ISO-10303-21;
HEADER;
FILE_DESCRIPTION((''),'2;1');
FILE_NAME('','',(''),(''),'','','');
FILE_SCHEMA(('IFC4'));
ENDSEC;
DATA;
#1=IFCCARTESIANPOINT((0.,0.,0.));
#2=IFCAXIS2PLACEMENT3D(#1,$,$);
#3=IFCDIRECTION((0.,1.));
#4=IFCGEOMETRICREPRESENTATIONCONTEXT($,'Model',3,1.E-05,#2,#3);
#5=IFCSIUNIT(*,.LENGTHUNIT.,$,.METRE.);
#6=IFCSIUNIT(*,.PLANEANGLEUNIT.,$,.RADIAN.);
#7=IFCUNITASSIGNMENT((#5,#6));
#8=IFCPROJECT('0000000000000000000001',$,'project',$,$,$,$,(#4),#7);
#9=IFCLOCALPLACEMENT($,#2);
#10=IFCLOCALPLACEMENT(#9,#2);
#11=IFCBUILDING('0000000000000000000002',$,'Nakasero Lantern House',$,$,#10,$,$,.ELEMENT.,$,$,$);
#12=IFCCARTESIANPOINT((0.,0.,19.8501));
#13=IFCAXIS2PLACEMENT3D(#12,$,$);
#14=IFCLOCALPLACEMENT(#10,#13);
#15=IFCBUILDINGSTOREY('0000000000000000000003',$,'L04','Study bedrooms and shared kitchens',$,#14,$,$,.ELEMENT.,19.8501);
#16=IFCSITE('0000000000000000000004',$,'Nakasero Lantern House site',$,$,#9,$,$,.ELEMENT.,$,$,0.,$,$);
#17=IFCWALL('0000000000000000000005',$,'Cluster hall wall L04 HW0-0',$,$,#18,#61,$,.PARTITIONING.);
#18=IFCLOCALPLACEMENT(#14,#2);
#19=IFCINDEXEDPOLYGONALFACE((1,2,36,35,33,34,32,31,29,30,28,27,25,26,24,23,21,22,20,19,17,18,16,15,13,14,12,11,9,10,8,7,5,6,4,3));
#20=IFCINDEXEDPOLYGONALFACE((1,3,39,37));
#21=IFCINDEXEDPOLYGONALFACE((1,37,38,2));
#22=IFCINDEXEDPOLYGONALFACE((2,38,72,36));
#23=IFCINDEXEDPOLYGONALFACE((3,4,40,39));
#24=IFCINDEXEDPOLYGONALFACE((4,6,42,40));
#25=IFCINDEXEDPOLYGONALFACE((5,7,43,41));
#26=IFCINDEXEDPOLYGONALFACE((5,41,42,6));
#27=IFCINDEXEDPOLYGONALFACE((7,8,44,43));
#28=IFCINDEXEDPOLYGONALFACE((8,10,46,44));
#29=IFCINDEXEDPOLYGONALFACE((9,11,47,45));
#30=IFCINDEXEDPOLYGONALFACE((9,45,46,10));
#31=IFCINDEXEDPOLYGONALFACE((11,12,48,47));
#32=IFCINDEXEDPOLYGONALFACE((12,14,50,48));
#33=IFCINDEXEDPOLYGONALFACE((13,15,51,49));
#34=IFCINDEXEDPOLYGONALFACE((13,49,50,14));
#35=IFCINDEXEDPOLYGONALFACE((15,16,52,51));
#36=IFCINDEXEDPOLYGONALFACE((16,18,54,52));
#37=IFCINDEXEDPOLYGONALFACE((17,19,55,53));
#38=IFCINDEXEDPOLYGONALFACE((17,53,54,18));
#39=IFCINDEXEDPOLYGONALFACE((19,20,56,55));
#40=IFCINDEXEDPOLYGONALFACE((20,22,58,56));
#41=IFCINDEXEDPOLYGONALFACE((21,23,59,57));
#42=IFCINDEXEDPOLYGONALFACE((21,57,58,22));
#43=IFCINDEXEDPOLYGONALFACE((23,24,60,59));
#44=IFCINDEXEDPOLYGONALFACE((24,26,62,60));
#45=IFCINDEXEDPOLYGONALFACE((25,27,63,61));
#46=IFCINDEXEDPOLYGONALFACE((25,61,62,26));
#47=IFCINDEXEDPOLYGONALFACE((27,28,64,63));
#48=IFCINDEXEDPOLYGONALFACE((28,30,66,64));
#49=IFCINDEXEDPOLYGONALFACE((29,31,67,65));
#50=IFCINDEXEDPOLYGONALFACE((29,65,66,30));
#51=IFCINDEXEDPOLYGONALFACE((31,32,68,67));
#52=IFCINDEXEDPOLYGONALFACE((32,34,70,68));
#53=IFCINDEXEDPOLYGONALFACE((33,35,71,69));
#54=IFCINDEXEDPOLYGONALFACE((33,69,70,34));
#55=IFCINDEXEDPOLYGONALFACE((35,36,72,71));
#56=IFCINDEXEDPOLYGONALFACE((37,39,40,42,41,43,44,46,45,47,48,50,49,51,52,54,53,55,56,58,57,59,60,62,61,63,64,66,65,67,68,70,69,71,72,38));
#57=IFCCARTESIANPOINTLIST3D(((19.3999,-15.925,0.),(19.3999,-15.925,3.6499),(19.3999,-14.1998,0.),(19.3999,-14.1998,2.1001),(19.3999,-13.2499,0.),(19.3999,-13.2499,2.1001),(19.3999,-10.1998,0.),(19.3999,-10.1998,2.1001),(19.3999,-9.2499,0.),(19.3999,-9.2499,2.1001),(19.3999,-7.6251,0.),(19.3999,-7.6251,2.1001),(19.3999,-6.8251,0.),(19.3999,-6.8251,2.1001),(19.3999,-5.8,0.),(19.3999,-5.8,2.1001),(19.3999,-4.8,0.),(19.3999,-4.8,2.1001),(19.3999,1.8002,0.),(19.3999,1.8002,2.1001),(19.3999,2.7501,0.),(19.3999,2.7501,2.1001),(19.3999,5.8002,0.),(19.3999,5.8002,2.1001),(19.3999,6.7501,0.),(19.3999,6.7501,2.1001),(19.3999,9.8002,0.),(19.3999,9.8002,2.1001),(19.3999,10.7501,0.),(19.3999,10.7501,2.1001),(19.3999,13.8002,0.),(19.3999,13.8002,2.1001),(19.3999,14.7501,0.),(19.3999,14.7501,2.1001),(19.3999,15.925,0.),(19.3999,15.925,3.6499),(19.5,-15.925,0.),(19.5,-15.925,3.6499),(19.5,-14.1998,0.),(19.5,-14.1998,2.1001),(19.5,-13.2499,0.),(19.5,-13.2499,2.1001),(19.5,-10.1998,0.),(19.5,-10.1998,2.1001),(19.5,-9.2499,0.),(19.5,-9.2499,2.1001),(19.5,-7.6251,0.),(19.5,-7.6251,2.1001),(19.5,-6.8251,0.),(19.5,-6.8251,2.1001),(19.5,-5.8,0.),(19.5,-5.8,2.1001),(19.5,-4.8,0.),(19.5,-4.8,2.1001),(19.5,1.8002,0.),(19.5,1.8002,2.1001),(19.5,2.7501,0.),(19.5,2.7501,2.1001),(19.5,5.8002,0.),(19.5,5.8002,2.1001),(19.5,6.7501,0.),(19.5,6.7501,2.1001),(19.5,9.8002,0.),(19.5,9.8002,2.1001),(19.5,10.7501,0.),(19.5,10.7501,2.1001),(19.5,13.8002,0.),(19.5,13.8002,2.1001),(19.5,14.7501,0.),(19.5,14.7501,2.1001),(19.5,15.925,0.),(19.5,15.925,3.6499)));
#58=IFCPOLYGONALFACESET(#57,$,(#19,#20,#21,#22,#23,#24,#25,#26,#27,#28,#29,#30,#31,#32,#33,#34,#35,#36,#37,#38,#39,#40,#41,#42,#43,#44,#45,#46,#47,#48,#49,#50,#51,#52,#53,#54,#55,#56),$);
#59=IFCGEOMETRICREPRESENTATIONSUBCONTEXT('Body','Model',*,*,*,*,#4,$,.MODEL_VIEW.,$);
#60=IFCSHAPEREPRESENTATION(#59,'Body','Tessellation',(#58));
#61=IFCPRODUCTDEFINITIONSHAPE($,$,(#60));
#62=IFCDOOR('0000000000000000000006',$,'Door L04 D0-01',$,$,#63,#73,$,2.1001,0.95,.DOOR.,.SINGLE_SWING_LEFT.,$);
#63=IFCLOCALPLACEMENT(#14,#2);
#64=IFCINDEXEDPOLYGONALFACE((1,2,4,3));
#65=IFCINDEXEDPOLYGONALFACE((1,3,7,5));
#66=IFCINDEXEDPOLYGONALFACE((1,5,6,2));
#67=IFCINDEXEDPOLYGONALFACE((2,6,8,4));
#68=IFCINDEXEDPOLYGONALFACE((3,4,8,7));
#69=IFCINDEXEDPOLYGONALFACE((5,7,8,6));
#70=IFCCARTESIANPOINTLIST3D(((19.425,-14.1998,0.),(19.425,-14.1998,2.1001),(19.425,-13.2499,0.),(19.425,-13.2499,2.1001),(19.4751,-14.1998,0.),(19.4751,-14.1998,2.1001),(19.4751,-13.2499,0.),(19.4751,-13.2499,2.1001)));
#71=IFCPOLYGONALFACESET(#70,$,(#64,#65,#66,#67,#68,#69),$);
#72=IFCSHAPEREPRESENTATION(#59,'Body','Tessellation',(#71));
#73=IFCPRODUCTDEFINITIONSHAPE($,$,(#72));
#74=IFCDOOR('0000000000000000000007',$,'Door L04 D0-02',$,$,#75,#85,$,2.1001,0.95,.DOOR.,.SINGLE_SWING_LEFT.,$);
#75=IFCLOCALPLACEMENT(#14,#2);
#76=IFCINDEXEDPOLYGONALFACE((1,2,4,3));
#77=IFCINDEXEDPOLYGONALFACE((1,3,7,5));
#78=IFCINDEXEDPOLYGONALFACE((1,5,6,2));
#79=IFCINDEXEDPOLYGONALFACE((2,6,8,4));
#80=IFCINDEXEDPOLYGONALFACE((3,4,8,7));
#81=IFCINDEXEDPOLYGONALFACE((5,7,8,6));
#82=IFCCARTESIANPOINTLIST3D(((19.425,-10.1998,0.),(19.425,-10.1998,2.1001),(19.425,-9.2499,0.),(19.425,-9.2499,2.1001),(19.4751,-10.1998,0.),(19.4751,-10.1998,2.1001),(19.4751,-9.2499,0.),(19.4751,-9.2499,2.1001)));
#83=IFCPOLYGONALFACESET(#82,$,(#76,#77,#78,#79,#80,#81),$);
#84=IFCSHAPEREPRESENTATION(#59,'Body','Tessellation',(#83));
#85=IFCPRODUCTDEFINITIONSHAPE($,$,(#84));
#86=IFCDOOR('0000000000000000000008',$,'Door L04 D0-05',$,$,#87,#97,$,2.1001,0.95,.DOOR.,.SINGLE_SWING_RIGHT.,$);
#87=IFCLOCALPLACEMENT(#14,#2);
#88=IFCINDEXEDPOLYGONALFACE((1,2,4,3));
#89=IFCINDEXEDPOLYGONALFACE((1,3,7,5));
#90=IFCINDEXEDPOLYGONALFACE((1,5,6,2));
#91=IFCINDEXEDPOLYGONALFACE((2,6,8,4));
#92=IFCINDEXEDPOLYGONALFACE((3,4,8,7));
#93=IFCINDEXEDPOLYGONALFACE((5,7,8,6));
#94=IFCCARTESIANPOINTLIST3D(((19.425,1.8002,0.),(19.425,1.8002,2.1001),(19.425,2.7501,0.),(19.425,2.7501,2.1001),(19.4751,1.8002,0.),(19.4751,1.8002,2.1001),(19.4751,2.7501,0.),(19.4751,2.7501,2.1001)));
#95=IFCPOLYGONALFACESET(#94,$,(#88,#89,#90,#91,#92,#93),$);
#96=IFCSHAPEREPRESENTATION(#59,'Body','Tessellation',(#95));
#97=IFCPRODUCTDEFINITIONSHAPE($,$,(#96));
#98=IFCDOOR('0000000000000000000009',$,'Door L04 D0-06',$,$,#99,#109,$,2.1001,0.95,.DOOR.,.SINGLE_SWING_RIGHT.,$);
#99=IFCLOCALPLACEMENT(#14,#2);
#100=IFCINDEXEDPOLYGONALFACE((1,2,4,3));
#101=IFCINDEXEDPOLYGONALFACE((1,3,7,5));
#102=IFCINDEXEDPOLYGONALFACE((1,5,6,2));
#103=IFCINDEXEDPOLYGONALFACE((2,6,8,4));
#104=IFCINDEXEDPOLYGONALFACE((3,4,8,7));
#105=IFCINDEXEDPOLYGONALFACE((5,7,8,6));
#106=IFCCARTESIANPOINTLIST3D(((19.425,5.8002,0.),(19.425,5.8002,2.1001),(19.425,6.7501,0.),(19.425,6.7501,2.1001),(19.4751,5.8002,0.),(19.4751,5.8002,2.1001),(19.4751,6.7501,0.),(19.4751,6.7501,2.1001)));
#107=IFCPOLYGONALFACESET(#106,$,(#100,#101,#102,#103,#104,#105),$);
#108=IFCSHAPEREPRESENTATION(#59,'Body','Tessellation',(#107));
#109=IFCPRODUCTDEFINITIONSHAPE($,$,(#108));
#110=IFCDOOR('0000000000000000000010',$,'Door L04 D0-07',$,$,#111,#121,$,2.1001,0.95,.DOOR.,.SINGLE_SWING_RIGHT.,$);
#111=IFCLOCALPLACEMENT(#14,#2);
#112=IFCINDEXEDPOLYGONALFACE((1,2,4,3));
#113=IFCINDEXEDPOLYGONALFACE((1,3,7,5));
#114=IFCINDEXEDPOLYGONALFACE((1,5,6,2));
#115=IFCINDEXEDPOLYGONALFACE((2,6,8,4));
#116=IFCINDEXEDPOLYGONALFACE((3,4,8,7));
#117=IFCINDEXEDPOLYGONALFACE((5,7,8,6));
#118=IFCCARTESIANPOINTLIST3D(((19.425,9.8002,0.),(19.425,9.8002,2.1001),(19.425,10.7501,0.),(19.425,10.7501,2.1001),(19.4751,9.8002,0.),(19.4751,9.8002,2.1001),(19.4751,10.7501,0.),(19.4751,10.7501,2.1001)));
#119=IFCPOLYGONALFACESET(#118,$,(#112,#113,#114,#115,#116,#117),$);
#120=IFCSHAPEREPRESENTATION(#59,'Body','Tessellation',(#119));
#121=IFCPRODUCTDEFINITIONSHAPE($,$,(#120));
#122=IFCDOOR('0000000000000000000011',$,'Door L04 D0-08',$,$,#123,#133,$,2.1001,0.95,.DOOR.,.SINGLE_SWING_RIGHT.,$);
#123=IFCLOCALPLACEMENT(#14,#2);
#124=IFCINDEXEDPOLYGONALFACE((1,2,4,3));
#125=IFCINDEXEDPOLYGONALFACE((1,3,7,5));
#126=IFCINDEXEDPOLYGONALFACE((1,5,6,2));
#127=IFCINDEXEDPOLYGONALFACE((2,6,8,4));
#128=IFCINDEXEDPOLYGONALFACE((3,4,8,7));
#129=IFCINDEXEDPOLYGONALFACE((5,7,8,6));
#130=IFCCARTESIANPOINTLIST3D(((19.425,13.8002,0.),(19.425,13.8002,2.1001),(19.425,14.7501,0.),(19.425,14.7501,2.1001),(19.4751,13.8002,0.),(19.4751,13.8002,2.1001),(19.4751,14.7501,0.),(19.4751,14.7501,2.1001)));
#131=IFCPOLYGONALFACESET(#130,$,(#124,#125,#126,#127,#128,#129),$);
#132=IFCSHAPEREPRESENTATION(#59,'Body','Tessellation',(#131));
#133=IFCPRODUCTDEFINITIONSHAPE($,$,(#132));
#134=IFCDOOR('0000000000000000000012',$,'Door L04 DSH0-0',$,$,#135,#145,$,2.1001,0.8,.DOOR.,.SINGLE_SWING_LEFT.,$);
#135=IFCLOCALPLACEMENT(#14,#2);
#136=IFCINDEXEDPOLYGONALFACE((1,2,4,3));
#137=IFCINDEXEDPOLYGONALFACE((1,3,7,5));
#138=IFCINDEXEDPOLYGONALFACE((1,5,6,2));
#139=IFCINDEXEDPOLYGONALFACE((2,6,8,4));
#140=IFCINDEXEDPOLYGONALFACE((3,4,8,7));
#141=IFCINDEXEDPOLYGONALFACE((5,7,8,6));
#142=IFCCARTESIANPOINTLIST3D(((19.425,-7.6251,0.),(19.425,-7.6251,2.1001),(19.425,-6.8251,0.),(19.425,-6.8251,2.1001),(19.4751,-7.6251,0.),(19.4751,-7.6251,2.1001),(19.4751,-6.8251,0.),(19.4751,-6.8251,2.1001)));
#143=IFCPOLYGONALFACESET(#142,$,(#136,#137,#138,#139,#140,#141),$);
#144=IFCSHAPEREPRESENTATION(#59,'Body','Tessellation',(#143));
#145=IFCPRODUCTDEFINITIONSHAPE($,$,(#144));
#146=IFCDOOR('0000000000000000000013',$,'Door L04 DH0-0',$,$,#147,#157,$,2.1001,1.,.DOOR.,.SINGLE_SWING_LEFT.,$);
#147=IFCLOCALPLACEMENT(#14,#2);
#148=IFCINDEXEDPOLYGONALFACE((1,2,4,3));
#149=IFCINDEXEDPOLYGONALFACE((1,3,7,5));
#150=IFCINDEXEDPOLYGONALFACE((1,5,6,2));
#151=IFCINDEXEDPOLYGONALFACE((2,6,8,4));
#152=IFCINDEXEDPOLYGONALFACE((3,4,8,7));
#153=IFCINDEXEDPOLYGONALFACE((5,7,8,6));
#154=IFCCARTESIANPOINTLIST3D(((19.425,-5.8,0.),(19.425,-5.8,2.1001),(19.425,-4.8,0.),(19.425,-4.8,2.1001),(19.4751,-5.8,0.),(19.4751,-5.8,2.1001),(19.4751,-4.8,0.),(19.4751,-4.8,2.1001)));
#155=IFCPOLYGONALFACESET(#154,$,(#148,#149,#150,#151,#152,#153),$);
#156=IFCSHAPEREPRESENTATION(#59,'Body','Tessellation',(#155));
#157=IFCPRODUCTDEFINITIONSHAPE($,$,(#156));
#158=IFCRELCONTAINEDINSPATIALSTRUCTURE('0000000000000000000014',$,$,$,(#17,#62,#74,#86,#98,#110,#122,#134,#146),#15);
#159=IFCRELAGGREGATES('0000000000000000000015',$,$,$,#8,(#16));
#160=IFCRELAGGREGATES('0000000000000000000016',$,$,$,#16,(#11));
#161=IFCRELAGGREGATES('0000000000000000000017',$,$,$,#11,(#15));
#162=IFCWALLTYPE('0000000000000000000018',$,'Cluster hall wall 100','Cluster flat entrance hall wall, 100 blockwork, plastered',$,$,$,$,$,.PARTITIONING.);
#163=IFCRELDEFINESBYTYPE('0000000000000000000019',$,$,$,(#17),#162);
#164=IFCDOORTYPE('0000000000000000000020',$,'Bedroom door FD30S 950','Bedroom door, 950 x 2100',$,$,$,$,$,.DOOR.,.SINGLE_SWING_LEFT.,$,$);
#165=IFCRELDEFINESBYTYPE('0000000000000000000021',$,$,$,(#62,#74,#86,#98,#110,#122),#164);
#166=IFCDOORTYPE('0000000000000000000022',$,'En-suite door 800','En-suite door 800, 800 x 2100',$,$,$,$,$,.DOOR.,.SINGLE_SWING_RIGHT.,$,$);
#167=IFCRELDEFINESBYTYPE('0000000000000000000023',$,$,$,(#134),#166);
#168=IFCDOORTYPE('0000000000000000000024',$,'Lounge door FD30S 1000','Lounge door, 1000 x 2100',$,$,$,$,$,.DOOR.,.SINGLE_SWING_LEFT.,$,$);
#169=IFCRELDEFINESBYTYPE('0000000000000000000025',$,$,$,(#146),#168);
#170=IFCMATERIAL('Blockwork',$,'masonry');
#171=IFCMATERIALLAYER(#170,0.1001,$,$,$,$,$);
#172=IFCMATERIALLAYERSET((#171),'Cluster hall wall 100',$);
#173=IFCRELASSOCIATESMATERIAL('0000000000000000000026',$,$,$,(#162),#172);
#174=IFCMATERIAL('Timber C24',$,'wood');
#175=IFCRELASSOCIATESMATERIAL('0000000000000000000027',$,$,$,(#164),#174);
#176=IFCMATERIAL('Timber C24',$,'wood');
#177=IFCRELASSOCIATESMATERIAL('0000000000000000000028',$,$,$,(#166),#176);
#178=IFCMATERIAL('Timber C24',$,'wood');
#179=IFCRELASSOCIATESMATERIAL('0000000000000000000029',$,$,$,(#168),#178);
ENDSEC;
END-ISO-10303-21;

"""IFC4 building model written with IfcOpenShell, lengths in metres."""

from ifc_helpers import new_model, si_unit, direction, frame, frame_2d, origin, place, context, subcontext, project, spatial, rectangle, extrude, material, layer, layer_set, type_object, element, fill, save


model = new_model("IFC4")

# Units and contexts
model_context = context("Model", 3, precision=1e-05, world=origin(), true_north=direction((0.0, 1.0)))
body_context = subcontext(model_context, "Body", "Model", "MODEL_VIEW")
ifc_project = project(units=[si_unit("LENGTHUNIT", "METRE"), si_unit("PLANEANGLEUNIT", "RADIAN")], contexts=[model_context])

# Site, building, storey
site_placement = place(None, origin())
site = spatial("IfcSite", under=ifc_project, at=site_placement, Name="Nakasero Lantern House site", CompositionType="ELEMENT", RefElevation=0.0)
building_placement = place(site_placement, origin())
building = spatial("IfcBuilding", under=site, at=building_placement, Name="Nakasero Lantern House", CompositionType="ELEMENT")
storey_placement = place(building_placement, frame((0.0, 0.0, 19.8501)))
storey = spatial("IfcBuildingStorey", under=building, at=storey_placement, Name="L04", Description="Study bedrooms and shared kitchens", CompositionType="ELEMENT", Elevation=19.8501)

# Wall, openings, doors
ifc_material_1 = material(Name="Blockwork", Category="masonry")
ifc_layer_1 = layer(ifc_material_1, 0.1001)
ifc_layer_set_1 = layer_set([ifc_layer_1], Name="Cluster hall wall 100")
wall_type_1 = type_object("IfcWallType", Name="Cluster hall wall 100", Description="Cluster flat entrance hall wall, 100 blockwork, plastered", PredefinedType="PARTITIONING", material=ifc_layer_set_1)
wall_1_placement = place(storey_placement, frame((19.45, -15.925, 0.0), z_axis=(0.0, 0.0, 1.0), x_axis=(0.0, 1.0, 0.0)))
wall_1 = element("IfcWall", 1, at=wall_1_placement, inside=storey, type_object=wall_type_1, Name="Cluster hall wall L04 HW0-0", PredefinedType="PARTITIONING", context=body_context, shape_type="SweptSolid", body=[
    extrude(rectangle(XDim=31.8501, YDim=0.1001, at=frame_2d((15.925, 0.0))), origin(), (0.0, 0.0, 1.0), 3.6499),
])
opening_1_placement = place(wall_1_placement, frame((10.125, 0.0, 0.0)))
opening_1 = element("IfcOpeningElement", 2, at=opening_1_placement, cuts=wall_1, PredefinedType="OPENING", context=body_context, shape_type="SweptSolid", body=[
    extrude(rectangle(XDim=1.0, YDim=2.1001, at=frame_2d((0.5, 1.05))), frame((0.0, 0.0701, 0.0), z_axis=(0.0, -1.0, 0.0), x_axis=(1.0, 0.0, 0.0)), (0.0, 0.0, 1.0), 0.1401),
])
opening_2_placement = place(wall_1_placement, frame((8.3, 0.0, 0.0)))
opening_2 = element("IfcOpeningElement", 3, at=opening_2_placement, cuts=wall_1, PredefinedType="OPENING", context=body_context, shape_type="SweptSolid", body=[
    extrude(rectangle(XDim=0.8, YDim=2.1001, at=frame_2d((0.3999, 1.05))), frame((0.0, 0.0701, 0.0), z_axis=(0.0, -1.0, 0.0), x_axis=(1.0, 0.0, 0.0)), (0.0, 0.0, 1.0), 0.1401),
])
opening_3_placement = place(wall_1_placement, frame((1.7251, 0.0, 0.0)))
opening_3 = element("IfcOpeningElement", 4, at=opening_3_placement, cuts=wall_1, PredefinedType="OPENING", context=body_context, shape_type="SweptSolid", body=[
    extrude(rectangle(XDim=0.95, YDim=2.1001, at=frame_2d((0.4751, 1.05))), frame((0.0, 0.0701, 0.0), z_axis=(0.0, -1.0, 0.0), x_axis=(1.0, 0.0, 0.0)), (0.0, 0.0, 1.0), 0.1401),
])
opening_4_placement = place(wall_1_placement, frame((5.7251, 0.0, 0.0)))
opening_4 = element("IfcOpeningElement", 5, at=opening_4_placement, cuts=wall_1, PredefinedType="OPENING", context=body_context, shape_type="SweptSolid", body=[
    extrude(rectangle(XDim=0.95, YDim=2.1001, at=frame_2d((0.4751, 1.05))), frame((0.0, 0.0701, 0.0), z_axis=(0.0, -1.0, 0.0), x_axis=(1.0, 0.0, 0.0)), (0.0, 0.0, 1.0), 0.1401),
])
opening_5_placement = place(wall_1_placement, frame((17.7251, 0.0, 0.0)))
opening_5 = element("IfcOpeningElement", 6, at=opening_5_placement, cuts=wall_1, PredefinedType="OPENING", context=body_context, shape_type="SweptSolid", body=[
    extrude(rectangle(XDim=0.95, YDim=2.1001, at=frame_2d((0.4751, 1.05))), frame((0.0, 0.0701, 0.0), z_axis=(0.0, -1.0, 0.0), x_axis=(1.0, 0.0, 0.0)), (0.0, 0.0, 1.0), 0.1401),
])
opening_6_placement = place(wall_1_placement, frame((21.7251, 0.0, 0.0)))
opening_6 = element("IfcOpeningElement", 7, at=opening_6_placement, cuts=wall_1, PredefinedType="OPENING", context=body_context, shape_type="SweptSolid", body=[
    extrude(rectangle(XDim=0.95, YDim=2.1001, at=frame_2d((0.4751, 1.05))), frame((0.0, 0.0701, 0.0), z_axis=(0.0, -1.0, 0.0), x_axis=(1.0, 0.0, 0.0)), (0.0, 0.0, 1.0), 0.1401),
])
opening_7_placement = place(wall_1_placement, frame((25.7251, 0.0, 0.0)))
opening_7 = element("IfcOpeningElement", 8, at=opening_7_placement, cuts=wall_1, PredefinedType="OPENING", context=body_context, shape_type="SweptSolid", body=[
    extrude(rectangle(XDim=0.95, YDim=2.1001, at=frame_2d((0.4751, 1.05))), frame((0.0, 0.0701, 0.0), z_axis=(0.0, -1.0, 0.0), x_axis=(1.0, 0.0, 0.0)), (0.0, 0.0, 1.0), 0.1401),
])
opening_8_placement = place(wall_1_placement, frame((29.7251, 0.0, 0.0)))
opening_8 = element("IfcOpeningElement", 9, at=opening_8_placement, cuts=wall_1, PredefinedType="OPENING", context=body_context, shape_type="SweptSolid", body=[
    extrude(rectangle(XDim=0.95, YDim=2.1001, at=frame_2d((0.4751, 1.05))), frame((0.0, 0.0701, 0.0), z_axis=(0.0, -1.0, 0.0), x_axis=(1.0, 0.0, 0.0)), (0.0, 0.0, 1.0), 0.1401),
])
ifc_material_2 = material(Name="Timber C24", Category="wood")
door_type_1 = type_object("IfcDoorType", Name="Bedroom door FD30S 950", Description="Bedroom door, 950 x 2100", OperationType="SINGLE_SWING_LEFT", PredefinedType="DOOR", material=ifc_material_2)
door_1_placement = place(opening_3_placement, origin())
door_1 = element("IfcDoor", 10, at=door_1_placement, inside=storey, type_object=door_type_1, Name="Door L04 D0-01", OperationType="SINGLE_SWING_LEFT", OverallHeight=2.1001, OverallWidth=0.95, PredefinedType="DOOR", context=body_context, shape_type="SweptSolid", body=[
    extrude(rectangle(XDim=0.95, YDim=2.1001, at=frame_2d((0.4751, 1.05))), frame((0.0, 0.0249, 0.0), z_axis=(0.0, -1.0, 0.0), x_axis=(1.0, 0.0, 0.0)), (0.0, 0.0, 1.0), 0.05),
])
fill(opening_3, door_1)
door_2_placement = place(opening_4_placement, origin())
door_2 = element("IfcDoor", 11, at=door_2_placement, inside=storey, type_object=door_type_1, Name="Door L04 D0-02", OperationType="SINGLE_SWING_LEFT", OverallHeight=2.1001, OverallWidth=0.95, PredefinedType="DOOR", context=body_context, shape_type="SweptSolid", body=[
    extrude(rectangle(XDim=0.95, YDim=2.1001, at=frame_2d((0.4751, 1.05))), frame((0.0, 0.0249, 0.0), z_axis=(0.0, -1.0, 0.0), x_axis=(1.0, 0.0, 0.0)), (0.0, 0.0, 1.0), 0.05),
])
fill(opening_4, door_2)
door_3_placement = place(opening_5_placement, origin())
door_3 = element("IfcDoor", 12, at=door_3_placement, inside=storey, type_object=door_type_1, Name="Door L04 D0-05", OperationType="SINGLE_SWING_RIGHT", OverallHeight=2.1001, OverallWidth=0.95, PredefinedType="DOOR", context=body_context, shape_type="SweptSolid", body=[
    extrude(rectangle(XDim=0.95, YDim=2.1001, at=frame_2d((0.4751, 1.05))), frame((0.0, 0.0249, 0.0), z_axis=(0.0, -1.0, 0.0), x_axis=(1.0, 0.0, 0.0)), (0.0, 0.0, 1.0), 0.05),
])
fill(opening_5, door_3)
door_4_placement = place(opening_6_placement, origin())
door_4 = element("IfcDoor", 13, at=door_4_placement, inside=storey, type_object=door_type_1, Name="Door L04 D0-06", OperationType="SINGLE_SWING_RIGHT", OverallHeight=2.1001, OverallWidth=0.95, PredefinedType="DOOR", context=body_context, shape_type="SweptSolid", body=[
    extrude(rectangle(XDim=0.95, YDim=2.1001, at=frame_2d((0.4751, 1.05))), frame((0.0, 0.0249, 0.0), z_axis=(0.0, -1.0, 0.0), x_axis=(1.0, 0.0, 0.0)), (0.0, 0.0, 1.0), 0.05),
])
fill(opening_6, door_4)
door_5_placement = place(opening_7_placement, origin())
door_5 = element("IfcDoor", 14, at=door_5_placement, inside=storey, type_object=door_type_1, Name="Door L04 D0-07", OperationType="SINGLE_SWING_RIGHT", OverallHeight=2.1001, OverallWidth=0.95, PredefinedType="DOOR", context=body_context, shape_type="SweptSolid", body=[
    extrude(rectangle(XDim=0.95, YDim=2.1001, at=frame_2d((0.4751, 1.05))), frame((0.0, 0.0249, 0.0), z_axis=(0.0, -1.0, 0.0), x_axis=(1.0, 0.0, 0.0)), (0.0, 0.0, 1.0), 0.05),
])
fill(opening_7, door_5)
door_6_placement = place(opening_8_placement, origin())
door_6 = element("IfcDoor", 15, at=door_6_placement, inside=storey, type_object=door_type_1, Name="Door L04 D0-08", OperationType="SINGLE_SWING_RIGHT", OverallHeight=2.1001, OverallWidth=0.95, PredefinedType="DOOR", context=body_context, shape_type="SweptSolid", body=[
    extrude(rectangle(XDim=0.95, YDim=2.1001, at=frame_2d((0.4751, 1.05))), frame((0.0, 0.0249, 0.0), z_axis=(0.0, -1.0, 0.0), x_axis=(1.0, 0.0, 0.0)), (0.0, 0.0, 1.0), 0.05),
])
fill(opening_8, door_6)
ifc_material_3 = material(Name="Timber C24", Category="wood")
door_type_2 = type_object("IfcDoorType", Name="En-suite door 800", Description="En-suite door 800, 800 x 2100", OperationType="SINGLE_SWING_RIGHT", PredefinedType="DOOR", material=ifc_material_3)
door_7_placement = place(opening_2_placement, origin())
door_7 = element("IfcDoor", 16, at=door_7_placement, inside=storey, type_object=door_type_2, Name="Door L04 DSH0-0", OperationType="SINGLE_SWING_LEFT", OverallHeight=2.1001, OverallWidth=0.8, PredefinedType="DOOR", context=body_context, shape_type="SweptSolid", body=[
    extrude(rectangle(XDim=0.8, YDim=2.1001, at=frame_2d((0.3999, 1.05))), frame((0.0, 0.0249, 0.0), z_axis=(0.0, -1.0, 0.0), x_axis=(1.0, 0.0, 0.0)), (0.0, 0.0, 1.0), 0.05),
])
fill(opening_2, door_7)
ifc_material_4 = material(Name="Timber C24", Category="wood")
door_type_3 = type_object("IfcDoorType", Name="Lounge door FD30S 1000", Description="Lounge door, 1000 x 2100", OperationType="SINGLE_SWING_LEFT", PredefinedType="DOOR", material=ifc_material_4)
door_8_placement = place(opening_1_placement, origin())
door_8 = element("IfcDoor", 17, at=door_8_placement, inside=storey, type_object=door_type_3, Name="Door L04 DH0-0", OperationType="SINGLE_SWING_LEFT", OverallHeight=2.1001, OverallWidth=1.0, PredefinedType="DOOR", context=body_context, shape_type="SweptSolid", body=[
    extrude(rectangle(XDim=1.0, YDim=2.1001, at=frame_2d((0.5, 1.05))), frame((0.0, 0.0249, 0.0), z_axis=(0.0, -1.0, 0.0), x_axis=(1.0, 0.0, 0.0)), (0.0, 0.0, 1.0), 0.05),
])
fill(opening_1, door_8)

save(model, "model.ifc")
